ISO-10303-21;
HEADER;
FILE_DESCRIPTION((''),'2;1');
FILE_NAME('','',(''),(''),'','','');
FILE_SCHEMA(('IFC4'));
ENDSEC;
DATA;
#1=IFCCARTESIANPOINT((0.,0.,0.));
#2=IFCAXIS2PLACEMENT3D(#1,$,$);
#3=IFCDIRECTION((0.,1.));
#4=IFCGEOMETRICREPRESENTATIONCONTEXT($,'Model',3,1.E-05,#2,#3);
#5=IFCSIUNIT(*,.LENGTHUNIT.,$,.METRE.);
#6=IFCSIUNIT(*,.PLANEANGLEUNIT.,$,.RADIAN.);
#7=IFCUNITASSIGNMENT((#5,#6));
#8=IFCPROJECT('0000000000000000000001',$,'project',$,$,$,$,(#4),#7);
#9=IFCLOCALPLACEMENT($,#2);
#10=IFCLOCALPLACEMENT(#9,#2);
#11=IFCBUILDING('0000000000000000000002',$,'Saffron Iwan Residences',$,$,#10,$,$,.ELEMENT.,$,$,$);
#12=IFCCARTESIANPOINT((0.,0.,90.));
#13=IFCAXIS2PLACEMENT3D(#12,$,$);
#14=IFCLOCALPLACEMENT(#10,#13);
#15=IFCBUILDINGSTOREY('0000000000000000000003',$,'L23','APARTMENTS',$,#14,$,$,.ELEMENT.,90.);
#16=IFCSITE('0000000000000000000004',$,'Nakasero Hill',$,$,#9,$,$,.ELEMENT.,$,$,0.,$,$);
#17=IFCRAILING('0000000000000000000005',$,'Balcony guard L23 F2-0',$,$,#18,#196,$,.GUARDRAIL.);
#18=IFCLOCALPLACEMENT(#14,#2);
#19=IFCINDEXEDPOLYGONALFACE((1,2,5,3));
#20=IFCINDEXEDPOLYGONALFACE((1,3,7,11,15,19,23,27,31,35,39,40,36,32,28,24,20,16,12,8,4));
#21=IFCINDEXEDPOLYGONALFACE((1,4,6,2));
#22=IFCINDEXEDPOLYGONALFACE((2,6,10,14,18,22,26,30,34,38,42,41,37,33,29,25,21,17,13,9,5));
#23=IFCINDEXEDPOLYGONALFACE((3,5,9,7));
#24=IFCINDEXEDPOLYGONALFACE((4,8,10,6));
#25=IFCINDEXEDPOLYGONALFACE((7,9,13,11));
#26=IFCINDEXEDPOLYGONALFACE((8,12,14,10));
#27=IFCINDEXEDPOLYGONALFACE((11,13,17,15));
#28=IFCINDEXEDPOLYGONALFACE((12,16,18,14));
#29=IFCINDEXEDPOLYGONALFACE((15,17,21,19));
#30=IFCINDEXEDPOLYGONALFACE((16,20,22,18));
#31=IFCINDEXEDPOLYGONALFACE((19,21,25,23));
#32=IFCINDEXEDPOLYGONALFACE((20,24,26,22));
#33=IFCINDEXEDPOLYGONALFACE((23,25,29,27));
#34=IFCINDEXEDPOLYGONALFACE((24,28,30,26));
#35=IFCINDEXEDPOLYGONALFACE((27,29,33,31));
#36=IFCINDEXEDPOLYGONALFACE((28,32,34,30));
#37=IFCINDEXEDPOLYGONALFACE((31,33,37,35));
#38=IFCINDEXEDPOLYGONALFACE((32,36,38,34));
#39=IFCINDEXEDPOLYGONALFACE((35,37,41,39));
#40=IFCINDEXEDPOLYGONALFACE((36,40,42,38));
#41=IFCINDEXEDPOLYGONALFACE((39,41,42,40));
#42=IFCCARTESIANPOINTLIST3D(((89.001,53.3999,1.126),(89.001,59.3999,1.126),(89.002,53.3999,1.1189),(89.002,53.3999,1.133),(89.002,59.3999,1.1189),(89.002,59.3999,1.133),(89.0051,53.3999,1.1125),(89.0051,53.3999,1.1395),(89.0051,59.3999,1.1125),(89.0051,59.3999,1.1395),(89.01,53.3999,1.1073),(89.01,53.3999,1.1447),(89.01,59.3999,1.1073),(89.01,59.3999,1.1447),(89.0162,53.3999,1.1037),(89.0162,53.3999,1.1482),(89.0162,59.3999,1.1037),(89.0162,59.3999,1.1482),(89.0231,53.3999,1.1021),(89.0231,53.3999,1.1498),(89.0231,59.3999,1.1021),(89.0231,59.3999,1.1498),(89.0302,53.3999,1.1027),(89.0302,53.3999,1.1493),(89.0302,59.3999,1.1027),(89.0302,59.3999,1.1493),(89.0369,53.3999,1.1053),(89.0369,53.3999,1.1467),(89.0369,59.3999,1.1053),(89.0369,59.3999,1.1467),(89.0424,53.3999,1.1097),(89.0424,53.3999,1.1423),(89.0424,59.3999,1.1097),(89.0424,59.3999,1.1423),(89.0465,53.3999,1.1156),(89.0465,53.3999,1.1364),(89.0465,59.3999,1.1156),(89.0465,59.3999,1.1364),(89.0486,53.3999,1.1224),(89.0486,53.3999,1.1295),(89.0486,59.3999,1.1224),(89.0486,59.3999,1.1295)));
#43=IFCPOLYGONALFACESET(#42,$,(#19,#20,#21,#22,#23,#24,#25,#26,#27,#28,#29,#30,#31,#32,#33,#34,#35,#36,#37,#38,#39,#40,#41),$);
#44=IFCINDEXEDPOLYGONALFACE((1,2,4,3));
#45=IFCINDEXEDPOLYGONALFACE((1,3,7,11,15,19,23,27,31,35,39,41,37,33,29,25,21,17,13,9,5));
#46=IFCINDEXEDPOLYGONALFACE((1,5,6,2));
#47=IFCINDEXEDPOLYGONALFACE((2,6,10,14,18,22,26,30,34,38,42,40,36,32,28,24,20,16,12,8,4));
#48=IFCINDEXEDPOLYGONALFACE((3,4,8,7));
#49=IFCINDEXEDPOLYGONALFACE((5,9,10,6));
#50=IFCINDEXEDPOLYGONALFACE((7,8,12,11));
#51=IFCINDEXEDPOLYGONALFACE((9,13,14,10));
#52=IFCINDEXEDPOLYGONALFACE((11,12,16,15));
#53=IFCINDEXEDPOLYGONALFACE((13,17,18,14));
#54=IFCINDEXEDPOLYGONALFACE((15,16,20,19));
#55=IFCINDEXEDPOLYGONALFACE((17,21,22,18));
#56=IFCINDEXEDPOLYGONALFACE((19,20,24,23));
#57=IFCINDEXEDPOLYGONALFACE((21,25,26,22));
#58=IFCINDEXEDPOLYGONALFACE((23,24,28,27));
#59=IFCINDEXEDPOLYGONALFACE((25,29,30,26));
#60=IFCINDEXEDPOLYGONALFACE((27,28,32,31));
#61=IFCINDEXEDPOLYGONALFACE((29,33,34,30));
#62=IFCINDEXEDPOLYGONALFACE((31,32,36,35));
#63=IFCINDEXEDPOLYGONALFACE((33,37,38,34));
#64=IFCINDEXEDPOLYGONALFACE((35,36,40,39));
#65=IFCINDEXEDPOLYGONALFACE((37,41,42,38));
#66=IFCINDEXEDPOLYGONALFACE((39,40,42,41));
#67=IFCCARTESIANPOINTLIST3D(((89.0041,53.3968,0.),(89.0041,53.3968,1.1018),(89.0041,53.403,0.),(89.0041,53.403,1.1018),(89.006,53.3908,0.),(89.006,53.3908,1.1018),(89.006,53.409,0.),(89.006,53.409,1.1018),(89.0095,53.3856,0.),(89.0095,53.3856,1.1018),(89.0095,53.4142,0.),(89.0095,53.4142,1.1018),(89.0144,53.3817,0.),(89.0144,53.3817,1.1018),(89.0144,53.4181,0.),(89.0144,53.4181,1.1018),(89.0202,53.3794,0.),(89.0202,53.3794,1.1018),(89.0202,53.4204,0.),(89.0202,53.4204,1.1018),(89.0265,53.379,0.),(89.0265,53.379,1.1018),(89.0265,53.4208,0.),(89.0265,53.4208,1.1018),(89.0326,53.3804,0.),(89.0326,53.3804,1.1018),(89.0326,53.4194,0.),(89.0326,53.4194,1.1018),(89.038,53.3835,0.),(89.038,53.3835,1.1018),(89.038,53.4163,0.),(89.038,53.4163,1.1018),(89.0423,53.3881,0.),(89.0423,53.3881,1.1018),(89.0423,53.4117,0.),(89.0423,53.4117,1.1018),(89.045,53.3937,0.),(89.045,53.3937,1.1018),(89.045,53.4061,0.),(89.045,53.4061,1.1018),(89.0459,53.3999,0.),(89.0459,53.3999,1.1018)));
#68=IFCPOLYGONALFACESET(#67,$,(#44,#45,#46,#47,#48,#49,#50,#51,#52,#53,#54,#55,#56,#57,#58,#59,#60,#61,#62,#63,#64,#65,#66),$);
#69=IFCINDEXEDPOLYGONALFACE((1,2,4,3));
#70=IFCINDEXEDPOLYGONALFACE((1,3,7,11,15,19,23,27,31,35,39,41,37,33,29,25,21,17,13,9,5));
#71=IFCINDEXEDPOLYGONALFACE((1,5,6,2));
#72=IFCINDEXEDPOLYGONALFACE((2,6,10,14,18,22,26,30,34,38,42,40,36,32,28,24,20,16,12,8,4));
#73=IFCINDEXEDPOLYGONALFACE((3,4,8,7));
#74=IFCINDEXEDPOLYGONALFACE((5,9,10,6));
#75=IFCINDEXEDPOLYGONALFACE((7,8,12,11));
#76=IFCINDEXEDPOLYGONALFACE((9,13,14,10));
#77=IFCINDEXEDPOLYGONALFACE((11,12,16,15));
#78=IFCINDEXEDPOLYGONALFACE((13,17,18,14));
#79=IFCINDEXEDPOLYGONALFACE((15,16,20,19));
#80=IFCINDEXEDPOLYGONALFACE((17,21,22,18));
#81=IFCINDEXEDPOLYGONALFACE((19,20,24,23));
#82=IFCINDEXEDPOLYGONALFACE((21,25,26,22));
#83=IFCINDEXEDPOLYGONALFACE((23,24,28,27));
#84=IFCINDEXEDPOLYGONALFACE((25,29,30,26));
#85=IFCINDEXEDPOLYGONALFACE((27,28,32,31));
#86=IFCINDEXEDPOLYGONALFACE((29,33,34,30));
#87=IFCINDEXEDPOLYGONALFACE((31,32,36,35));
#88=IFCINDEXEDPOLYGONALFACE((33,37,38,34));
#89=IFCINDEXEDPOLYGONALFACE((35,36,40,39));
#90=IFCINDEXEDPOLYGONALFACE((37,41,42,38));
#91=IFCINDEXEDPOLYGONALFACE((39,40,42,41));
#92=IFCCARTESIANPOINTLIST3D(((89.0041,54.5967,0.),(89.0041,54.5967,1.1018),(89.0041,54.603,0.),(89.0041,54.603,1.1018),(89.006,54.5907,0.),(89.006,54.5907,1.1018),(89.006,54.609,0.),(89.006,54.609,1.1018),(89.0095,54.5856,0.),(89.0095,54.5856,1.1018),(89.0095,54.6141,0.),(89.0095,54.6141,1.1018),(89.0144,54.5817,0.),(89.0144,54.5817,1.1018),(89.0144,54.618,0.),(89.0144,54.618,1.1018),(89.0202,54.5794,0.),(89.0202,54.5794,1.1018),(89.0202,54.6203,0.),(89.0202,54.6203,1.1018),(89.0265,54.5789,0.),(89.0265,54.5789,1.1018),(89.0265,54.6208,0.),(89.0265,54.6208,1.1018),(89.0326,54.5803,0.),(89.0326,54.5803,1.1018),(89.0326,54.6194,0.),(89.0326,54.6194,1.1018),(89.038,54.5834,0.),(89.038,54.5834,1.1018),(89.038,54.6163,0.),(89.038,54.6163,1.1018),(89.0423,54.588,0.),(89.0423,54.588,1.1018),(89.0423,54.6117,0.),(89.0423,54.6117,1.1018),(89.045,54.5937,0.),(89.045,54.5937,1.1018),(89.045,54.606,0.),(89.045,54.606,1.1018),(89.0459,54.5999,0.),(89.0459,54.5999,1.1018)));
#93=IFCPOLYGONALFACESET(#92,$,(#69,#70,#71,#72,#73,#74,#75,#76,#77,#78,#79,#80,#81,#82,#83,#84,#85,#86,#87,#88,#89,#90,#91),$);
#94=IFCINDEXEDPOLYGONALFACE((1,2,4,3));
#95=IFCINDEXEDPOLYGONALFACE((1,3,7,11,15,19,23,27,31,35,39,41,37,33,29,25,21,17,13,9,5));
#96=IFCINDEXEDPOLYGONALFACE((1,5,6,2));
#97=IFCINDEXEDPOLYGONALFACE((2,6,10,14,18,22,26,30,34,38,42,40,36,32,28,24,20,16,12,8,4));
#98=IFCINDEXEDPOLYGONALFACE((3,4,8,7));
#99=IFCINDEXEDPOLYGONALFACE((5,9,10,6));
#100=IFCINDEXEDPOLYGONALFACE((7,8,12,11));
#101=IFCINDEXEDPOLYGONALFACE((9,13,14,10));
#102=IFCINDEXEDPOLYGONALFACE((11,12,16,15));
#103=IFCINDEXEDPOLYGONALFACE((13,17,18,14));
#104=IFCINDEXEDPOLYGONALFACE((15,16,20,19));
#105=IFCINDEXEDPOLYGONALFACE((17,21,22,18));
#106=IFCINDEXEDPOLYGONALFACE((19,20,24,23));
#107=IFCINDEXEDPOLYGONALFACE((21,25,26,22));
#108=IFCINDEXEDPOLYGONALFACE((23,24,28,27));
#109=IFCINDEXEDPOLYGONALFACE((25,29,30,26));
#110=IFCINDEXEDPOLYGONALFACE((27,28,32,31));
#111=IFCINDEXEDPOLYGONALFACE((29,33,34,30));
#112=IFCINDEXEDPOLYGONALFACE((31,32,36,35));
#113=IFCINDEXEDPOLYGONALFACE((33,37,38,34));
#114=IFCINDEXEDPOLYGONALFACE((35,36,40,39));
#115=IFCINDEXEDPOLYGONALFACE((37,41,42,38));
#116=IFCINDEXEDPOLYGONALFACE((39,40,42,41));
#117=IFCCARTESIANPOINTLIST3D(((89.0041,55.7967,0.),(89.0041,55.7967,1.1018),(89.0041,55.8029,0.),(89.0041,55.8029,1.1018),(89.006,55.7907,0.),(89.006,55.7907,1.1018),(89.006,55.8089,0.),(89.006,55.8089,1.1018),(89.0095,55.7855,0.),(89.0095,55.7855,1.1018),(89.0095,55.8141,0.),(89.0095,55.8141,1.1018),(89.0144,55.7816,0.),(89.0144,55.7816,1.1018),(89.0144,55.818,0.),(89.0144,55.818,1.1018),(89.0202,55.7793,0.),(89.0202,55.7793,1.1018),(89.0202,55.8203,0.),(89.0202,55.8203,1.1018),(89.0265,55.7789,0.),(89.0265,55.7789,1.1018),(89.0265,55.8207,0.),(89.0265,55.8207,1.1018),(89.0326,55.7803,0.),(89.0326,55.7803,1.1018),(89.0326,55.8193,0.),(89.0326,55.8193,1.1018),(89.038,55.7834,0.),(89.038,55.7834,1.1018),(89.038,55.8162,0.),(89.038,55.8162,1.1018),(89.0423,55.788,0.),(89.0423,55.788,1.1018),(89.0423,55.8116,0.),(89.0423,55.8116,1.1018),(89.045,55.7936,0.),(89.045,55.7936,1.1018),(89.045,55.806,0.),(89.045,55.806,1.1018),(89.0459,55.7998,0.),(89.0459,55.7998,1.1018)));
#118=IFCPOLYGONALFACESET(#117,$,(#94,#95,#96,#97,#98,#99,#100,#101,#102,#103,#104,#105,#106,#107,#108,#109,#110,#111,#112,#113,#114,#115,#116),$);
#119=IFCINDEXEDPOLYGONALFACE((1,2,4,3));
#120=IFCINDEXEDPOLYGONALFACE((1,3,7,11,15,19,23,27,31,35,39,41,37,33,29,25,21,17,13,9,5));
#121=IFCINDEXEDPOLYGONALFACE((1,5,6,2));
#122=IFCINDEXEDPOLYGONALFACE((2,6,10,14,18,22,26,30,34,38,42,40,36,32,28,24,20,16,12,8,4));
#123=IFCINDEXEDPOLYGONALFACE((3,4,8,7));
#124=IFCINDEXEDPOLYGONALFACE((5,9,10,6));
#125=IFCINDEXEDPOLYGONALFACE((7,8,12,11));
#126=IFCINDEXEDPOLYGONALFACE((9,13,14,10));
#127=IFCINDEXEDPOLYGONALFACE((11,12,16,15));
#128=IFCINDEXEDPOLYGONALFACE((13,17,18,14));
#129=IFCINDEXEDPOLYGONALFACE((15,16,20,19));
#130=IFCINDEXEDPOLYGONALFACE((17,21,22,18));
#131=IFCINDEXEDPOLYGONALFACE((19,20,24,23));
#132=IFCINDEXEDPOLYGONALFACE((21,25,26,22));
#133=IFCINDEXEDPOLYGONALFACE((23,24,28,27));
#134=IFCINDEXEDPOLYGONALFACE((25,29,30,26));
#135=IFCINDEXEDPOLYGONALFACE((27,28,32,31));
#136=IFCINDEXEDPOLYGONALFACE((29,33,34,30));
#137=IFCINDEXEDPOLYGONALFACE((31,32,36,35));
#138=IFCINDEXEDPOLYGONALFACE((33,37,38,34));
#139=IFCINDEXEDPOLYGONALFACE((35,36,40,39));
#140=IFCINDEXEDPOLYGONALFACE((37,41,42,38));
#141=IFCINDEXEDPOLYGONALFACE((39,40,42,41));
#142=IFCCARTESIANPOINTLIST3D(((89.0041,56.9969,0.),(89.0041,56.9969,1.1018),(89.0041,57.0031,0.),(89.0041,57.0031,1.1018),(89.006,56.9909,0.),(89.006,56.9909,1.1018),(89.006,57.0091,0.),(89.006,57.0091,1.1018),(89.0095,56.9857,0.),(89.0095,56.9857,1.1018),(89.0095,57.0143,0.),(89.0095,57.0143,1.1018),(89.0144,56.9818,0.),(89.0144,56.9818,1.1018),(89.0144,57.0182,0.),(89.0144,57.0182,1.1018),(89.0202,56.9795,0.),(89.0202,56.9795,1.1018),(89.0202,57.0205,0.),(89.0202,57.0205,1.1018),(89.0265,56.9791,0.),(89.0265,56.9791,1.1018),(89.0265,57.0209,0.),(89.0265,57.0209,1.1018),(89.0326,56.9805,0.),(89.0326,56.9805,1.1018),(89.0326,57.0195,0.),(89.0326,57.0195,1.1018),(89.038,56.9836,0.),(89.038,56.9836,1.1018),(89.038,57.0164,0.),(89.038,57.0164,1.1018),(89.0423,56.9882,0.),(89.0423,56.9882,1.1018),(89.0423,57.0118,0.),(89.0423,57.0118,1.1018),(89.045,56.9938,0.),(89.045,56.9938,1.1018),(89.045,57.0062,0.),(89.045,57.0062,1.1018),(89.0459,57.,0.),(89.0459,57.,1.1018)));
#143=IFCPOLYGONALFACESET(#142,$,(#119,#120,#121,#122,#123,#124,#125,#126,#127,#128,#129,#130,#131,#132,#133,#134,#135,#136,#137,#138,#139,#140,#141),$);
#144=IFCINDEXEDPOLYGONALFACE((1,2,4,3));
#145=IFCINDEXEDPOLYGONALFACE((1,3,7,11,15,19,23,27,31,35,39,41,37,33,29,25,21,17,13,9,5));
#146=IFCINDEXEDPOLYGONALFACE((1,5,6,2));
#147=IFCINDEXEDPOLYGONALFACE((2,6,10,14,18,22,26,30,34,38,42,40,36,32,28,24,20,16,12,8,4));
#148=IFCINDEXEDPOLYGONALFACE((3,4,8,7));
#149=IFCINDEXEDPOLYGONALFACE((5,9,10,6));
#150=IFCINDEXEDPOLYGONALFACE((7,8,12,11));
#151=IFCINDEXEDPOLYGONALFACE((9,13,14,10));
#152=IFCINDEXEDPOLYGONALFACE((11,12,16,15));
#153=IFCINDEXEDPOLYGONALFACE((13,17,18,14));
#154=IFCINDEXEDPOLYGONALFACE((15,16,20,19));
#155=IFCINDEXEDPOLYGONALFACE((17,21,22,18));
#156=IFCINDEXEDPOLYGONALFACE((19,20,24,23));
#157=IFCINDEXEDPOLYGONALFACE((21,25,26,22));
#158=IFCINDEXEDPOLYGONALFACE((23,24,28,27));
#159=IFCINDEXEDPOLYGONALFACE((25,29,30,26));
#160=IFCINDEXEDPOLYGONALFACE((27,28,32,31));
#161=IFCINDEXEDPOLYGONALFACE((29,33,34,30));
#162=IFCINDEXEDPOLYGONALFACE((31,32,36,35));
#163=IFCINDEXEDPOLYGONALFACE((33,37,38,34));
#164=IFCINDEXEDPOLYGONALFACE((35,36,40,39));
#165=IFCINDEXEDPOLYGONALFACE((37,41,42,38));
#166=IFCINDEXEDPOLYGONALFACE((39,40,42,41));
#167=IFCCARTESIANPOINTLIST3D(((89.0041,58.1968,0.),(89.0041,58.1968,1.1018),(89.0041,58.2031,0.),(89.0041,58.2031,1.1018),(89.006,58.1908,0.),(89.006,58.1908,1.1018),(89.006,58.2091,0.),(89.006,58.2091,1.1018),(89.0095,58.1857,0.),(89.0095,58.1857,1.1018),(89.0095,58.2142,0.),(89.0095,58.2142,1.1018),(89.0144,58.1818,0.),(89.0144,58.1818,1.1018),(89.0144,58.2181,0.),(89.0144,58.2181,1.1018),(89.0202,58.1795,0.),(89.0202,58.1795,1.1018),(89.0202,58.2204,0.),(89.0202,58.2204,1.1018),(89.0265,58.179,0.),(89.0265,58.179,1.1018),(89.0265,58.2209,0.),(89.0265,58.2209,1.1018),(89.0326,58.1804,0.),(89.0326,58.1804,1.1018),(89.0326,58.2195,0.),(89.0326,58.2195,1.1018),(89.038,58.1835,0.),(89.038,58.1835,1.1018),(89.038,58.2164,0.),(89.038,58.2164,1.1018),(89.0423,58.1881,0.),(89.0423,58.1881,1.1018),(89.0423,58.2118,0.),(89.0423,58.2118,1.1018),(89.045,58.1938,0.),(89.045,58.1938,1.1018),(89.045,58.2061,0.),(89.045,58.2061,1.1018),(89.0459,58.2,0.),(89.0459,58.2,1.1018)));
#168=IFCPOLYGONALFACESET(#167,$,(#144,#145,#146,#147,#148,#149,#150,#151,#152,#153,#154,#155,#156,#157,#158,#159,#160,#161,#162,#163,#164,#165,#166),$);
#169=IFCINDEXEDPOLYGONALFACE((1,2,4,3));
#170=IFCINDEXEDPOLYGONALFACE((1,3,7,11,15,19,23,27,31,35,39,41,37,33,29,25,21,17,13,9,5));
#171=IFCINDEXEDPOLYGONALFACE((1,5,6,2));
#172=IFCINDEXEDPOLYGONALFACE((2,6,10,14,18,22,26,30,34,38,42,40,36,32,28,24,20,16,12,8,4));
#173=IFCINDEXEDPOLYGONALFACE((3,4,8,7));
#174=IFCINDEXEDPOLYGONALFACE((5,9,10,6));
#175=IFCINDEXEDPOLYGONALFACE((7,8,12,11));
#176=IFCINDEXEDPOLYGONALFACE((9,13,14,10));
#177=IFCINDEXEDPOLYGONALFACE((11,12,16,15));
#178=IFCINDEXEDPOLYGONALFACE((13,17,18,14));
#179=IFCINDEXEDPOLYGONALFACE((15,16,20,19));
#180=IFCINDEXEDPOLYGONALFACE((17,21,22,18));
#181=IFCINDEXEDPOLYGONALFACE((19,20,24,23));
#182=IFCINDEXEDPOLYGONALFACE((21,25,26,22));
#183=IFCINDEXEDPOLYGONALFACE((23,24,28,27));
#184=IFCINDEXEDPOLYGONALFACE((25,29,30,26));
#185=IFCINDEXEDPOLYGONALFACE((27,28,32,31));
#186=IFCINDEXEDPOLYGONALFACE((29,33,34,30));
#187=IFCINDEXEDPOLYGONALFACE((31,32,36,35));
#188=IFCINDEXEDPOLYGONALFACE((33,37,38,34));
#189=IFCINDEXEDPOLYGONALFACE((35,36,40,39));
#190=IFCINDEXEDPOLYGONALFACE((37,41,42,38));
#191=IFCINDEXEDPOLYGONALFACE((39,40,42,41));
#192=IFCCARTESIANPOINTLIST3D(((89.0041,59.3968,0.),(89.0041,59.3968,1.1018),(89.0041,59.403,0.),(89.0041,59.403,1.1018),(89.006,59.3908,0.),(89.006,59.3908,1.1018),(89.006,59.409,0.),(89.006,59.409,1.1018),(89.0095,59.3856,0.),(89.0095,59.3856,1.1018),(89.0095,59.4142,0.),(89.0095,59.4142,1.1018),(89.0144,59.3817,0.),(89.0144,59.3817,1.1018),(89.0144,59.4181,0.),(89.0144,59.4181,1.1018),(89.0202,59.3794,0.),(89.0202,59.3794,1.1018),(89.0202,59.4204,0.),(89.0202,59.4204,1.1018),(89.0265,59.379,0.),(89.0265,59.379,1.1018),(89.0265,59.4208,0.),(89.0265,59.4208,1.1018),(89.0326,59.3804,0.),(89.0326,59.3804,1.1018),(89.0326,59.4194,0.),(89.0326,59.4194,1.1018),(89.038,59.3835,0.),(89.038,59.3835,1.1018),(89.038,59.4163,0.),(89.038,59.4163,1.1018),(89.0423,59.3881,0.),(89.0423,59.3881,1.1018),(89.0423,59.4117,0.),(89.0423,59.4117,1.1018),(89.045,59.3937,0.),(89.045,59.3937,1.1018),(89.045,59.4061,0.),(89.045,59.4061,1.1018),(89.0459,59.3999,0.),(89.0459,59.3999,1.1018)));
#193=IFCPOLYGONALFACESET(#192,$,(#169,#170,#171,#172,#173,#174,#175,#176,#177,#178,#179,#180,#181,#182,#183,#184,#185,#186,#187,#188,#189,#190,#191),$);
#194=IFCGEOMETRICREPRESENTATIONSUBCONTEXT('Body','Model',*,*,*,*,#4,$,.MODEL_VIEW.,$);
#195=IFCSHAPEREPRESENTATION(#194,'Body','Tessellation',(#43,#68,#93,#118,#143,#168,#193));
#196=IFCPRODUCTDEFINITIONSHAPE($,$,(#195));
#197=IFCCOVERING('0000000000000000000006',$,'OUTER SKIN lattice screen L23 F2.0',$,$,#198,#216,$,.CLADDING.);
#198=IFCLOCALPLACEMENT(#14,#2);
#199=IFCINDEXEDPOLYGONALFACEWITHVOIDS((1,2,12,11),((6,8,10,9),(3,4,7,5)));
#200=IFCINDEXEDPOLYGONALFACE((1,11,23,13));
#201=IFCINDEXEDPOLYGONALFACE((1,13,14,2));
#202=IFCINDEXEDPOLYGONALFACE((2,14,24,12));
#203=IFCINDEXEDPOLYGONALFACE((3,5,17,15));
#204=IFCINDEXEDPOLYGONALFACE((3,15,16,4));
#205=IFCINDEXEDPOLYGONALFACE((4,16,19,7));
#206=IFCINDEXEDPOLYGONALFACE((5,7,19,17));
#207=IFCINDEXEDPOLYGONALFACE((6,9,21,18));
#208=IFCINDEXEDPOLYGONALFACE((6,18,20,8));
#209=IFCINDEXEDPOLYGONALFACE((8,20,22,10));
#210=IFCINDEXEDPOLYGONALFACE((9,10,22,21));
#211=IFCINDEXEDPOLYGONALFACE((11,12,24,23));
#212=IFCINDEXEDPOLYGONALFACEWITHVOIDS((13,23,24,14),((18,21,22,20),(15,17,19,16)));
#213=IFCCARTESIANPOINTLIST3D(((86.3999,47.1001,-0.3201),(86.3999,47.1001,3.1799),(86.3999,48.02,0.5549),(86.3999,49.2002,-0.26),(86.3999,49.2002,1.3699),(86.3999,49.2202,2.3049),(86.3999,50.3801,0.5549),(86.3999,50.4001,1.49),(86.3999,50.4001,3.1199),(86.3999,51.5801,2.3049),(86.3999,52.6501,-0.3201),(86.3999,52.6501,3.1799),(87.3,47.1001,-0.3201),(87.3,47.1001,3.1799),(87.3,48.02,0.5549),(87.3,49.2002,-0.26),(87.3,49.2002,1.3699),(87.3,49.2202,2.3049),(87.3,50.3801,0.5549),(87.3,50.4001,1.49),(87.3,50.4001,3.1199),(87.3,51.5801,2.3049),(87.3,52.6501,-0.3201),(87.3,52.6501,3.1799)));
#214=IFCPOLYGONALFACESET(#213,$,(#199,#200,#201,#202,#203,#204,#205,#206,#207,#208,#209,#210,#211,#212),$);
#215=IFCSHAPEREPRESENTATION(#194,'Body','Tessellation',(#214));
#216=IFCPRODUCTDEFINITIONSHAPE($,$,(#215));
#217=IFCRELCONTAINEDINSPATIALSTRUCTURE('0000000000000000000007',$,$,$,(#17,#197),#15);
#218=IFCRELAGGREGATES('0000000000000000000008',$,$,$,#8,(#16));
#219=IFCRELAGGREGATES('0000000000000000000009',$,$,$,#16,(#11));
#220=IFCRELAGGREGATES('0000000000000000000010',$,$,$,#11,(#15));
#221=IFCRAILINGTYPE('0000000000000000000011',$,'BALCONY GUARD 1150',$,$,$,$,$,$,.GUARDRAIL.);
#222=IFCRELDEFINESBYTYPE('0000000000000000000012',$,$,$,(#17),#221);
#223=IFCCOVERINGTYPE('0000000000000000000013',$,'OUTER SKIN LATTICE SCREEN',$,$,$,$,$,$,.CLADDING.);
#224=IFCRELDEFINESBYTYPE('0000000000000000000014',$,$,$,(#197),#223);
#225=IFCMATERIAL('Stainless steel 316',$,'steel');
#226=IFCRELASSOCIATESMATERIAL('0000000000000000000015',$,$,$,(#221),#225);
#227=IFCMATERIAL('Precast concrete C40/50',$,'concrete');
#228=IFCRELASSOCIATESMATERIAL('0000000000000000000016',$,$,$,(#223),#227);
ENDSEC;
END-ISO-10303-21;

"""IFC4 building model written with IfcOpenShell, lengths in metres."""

from ifc_helpers import new_model, si_unit, direction, frame, origin, origin_2d, place, context, subcontext, project, spatial, polyline, circle, outline, extrude, material, type_object, element, save


model = new_model("IFC4")

# Units and contexts
model_context = context("Model", 3, precision=1e-05, world=origin(), true_north=direction((0.0, 1.0)))
body_context = subcontext(model_context, "Body", "Model", "MODEL_VIEW")
ifc_project = project(units=[si_unit("LENGTHUNIT", "METRE"), si_unit("PLANEANGLEUNIT", "RADIAN")], contexts=[model_context])

# Site, building, storey
site_placement = place(None, origin())
site = spatial("IfcSite", under=ifc_project, at=site_placement, Name="Nakasero Hill", CompositionType="ELEMENT", RefElevation=0.0)
building_placement = place(site_placement, origin())
building = spatial("IfcBuilding", under=site, at=building_placement, Name="Saffron Iwan Residences", CompositionType="ELEMENT")
storey_placement = place(building_placement, frame((0.0, 0.0, 90.0)))
storey = spatial("IfcBuildingStorey", under=building, at=storey_placement, Name="L23", Description="APARTMENTS", CompositionType="ELEMENT", Elevation=90.0)

# Railing
ifc_material_1 = material(Name="Stainless steel 316", Category="steel")
railing_type = type_object("IfcRailingType", Name="BALCONY GUARD 1150", PredefinedType="GUARDRAIL", material=ifc_material_1)
railing_placement = place(storey_placement, frame((89.0249, 53.3999, 0.0)))
element("IfcRailing", 1, at=railing_placement, inside=storey, type_object=railing_type, Name="Balcony guard L23 F2-0", PredefinedType="GUARDRAIL", context=body_context, shape_type="SweptSolid", body=[
    extrude(circle(Radius=0.0239, at=origin_2d()), frame((0.0, 0.0, 1.126), z_axis=(0.0, 1.0, 0.0), x_axis=(-1.0, 0.0, 0.0)), (0.0, 0.0, 1.0), 6.0),
    extrude(circle(Radius=0.021, at=origin_2d()), origin(), (0.0, 0.0, 1.0), 1.1018),
    extrude(circle(Radius=0.021, at=origin_2d()), frame((0.0, 1.2, 0.0)), (0.0, 0.0, 1.0), 1.1018),
    extrude(circle(Radius=0.021, at=origin_2d()), frame((0.0, 2.3999, 0.0)), (0.0, 0.0, 1.0), 1.1018),
    extrude(circle(Radius=0.021, at=origin_2d()), frame((0.0, 3.6001, 0.0)), (0.0, 0.0, 1.0), 1.1018),
    extrude(circle(Radius=0.021, at=origin_2d()), frame((0.0, 4.8, 0.0)), (0.0, 0.0, 1.0), 1.1018),
    extrude(circle(Radius=0.021, at=origin_2d()), frame((0.0, 6.0, 0.0)), (0.0, 0.0, 1.0), 1.1018),
])

# Covering
ifc_material_2 = material(Name="Precast concrete C40/50", Category="concrete")
covering_type = type_object("IfcCoveringType", Name="OUTER SKIN LATTICE SCREEN", PredefinedType="CLADDING", material=ifc_material_2)
covering_placement = place(storey_placement, frame((86.3999, 47.1001, -0.3201), z_axis=(1.0, 0.0, 0.0), x_axis=(0.0, 1.0, 0.0)))
element("IfcCovering", 2, at=covering_placement, inside=storey, type_object=covering_type, Name="OUTER SKIN lattice screen L23 F2.0", PredefinedType="CLADDING", context=body_context, shape_type="SweptSolid", body=[
    extrude(outline(polyline([(0.0, 0.0), (5.55, 0.0), (5.55, 3.5), (0.0, 3.5), (0.0, 0.0)]), holes=[polyline([(0.9199, 0.875), (2.1001, 0.0601), (3.28, 0.875), (2.1001, 1.6899), (0.9199, 0.875)]), polyline([(2.1201, 2.625), (3.3, 1.8101), (4.48, 2.625), (3.3, 3.4399), (2.1201, 2.625)])]), origin(), (0.0, 0.0, 1.0), 0.9001),
])

save(model, "model.ifc")
